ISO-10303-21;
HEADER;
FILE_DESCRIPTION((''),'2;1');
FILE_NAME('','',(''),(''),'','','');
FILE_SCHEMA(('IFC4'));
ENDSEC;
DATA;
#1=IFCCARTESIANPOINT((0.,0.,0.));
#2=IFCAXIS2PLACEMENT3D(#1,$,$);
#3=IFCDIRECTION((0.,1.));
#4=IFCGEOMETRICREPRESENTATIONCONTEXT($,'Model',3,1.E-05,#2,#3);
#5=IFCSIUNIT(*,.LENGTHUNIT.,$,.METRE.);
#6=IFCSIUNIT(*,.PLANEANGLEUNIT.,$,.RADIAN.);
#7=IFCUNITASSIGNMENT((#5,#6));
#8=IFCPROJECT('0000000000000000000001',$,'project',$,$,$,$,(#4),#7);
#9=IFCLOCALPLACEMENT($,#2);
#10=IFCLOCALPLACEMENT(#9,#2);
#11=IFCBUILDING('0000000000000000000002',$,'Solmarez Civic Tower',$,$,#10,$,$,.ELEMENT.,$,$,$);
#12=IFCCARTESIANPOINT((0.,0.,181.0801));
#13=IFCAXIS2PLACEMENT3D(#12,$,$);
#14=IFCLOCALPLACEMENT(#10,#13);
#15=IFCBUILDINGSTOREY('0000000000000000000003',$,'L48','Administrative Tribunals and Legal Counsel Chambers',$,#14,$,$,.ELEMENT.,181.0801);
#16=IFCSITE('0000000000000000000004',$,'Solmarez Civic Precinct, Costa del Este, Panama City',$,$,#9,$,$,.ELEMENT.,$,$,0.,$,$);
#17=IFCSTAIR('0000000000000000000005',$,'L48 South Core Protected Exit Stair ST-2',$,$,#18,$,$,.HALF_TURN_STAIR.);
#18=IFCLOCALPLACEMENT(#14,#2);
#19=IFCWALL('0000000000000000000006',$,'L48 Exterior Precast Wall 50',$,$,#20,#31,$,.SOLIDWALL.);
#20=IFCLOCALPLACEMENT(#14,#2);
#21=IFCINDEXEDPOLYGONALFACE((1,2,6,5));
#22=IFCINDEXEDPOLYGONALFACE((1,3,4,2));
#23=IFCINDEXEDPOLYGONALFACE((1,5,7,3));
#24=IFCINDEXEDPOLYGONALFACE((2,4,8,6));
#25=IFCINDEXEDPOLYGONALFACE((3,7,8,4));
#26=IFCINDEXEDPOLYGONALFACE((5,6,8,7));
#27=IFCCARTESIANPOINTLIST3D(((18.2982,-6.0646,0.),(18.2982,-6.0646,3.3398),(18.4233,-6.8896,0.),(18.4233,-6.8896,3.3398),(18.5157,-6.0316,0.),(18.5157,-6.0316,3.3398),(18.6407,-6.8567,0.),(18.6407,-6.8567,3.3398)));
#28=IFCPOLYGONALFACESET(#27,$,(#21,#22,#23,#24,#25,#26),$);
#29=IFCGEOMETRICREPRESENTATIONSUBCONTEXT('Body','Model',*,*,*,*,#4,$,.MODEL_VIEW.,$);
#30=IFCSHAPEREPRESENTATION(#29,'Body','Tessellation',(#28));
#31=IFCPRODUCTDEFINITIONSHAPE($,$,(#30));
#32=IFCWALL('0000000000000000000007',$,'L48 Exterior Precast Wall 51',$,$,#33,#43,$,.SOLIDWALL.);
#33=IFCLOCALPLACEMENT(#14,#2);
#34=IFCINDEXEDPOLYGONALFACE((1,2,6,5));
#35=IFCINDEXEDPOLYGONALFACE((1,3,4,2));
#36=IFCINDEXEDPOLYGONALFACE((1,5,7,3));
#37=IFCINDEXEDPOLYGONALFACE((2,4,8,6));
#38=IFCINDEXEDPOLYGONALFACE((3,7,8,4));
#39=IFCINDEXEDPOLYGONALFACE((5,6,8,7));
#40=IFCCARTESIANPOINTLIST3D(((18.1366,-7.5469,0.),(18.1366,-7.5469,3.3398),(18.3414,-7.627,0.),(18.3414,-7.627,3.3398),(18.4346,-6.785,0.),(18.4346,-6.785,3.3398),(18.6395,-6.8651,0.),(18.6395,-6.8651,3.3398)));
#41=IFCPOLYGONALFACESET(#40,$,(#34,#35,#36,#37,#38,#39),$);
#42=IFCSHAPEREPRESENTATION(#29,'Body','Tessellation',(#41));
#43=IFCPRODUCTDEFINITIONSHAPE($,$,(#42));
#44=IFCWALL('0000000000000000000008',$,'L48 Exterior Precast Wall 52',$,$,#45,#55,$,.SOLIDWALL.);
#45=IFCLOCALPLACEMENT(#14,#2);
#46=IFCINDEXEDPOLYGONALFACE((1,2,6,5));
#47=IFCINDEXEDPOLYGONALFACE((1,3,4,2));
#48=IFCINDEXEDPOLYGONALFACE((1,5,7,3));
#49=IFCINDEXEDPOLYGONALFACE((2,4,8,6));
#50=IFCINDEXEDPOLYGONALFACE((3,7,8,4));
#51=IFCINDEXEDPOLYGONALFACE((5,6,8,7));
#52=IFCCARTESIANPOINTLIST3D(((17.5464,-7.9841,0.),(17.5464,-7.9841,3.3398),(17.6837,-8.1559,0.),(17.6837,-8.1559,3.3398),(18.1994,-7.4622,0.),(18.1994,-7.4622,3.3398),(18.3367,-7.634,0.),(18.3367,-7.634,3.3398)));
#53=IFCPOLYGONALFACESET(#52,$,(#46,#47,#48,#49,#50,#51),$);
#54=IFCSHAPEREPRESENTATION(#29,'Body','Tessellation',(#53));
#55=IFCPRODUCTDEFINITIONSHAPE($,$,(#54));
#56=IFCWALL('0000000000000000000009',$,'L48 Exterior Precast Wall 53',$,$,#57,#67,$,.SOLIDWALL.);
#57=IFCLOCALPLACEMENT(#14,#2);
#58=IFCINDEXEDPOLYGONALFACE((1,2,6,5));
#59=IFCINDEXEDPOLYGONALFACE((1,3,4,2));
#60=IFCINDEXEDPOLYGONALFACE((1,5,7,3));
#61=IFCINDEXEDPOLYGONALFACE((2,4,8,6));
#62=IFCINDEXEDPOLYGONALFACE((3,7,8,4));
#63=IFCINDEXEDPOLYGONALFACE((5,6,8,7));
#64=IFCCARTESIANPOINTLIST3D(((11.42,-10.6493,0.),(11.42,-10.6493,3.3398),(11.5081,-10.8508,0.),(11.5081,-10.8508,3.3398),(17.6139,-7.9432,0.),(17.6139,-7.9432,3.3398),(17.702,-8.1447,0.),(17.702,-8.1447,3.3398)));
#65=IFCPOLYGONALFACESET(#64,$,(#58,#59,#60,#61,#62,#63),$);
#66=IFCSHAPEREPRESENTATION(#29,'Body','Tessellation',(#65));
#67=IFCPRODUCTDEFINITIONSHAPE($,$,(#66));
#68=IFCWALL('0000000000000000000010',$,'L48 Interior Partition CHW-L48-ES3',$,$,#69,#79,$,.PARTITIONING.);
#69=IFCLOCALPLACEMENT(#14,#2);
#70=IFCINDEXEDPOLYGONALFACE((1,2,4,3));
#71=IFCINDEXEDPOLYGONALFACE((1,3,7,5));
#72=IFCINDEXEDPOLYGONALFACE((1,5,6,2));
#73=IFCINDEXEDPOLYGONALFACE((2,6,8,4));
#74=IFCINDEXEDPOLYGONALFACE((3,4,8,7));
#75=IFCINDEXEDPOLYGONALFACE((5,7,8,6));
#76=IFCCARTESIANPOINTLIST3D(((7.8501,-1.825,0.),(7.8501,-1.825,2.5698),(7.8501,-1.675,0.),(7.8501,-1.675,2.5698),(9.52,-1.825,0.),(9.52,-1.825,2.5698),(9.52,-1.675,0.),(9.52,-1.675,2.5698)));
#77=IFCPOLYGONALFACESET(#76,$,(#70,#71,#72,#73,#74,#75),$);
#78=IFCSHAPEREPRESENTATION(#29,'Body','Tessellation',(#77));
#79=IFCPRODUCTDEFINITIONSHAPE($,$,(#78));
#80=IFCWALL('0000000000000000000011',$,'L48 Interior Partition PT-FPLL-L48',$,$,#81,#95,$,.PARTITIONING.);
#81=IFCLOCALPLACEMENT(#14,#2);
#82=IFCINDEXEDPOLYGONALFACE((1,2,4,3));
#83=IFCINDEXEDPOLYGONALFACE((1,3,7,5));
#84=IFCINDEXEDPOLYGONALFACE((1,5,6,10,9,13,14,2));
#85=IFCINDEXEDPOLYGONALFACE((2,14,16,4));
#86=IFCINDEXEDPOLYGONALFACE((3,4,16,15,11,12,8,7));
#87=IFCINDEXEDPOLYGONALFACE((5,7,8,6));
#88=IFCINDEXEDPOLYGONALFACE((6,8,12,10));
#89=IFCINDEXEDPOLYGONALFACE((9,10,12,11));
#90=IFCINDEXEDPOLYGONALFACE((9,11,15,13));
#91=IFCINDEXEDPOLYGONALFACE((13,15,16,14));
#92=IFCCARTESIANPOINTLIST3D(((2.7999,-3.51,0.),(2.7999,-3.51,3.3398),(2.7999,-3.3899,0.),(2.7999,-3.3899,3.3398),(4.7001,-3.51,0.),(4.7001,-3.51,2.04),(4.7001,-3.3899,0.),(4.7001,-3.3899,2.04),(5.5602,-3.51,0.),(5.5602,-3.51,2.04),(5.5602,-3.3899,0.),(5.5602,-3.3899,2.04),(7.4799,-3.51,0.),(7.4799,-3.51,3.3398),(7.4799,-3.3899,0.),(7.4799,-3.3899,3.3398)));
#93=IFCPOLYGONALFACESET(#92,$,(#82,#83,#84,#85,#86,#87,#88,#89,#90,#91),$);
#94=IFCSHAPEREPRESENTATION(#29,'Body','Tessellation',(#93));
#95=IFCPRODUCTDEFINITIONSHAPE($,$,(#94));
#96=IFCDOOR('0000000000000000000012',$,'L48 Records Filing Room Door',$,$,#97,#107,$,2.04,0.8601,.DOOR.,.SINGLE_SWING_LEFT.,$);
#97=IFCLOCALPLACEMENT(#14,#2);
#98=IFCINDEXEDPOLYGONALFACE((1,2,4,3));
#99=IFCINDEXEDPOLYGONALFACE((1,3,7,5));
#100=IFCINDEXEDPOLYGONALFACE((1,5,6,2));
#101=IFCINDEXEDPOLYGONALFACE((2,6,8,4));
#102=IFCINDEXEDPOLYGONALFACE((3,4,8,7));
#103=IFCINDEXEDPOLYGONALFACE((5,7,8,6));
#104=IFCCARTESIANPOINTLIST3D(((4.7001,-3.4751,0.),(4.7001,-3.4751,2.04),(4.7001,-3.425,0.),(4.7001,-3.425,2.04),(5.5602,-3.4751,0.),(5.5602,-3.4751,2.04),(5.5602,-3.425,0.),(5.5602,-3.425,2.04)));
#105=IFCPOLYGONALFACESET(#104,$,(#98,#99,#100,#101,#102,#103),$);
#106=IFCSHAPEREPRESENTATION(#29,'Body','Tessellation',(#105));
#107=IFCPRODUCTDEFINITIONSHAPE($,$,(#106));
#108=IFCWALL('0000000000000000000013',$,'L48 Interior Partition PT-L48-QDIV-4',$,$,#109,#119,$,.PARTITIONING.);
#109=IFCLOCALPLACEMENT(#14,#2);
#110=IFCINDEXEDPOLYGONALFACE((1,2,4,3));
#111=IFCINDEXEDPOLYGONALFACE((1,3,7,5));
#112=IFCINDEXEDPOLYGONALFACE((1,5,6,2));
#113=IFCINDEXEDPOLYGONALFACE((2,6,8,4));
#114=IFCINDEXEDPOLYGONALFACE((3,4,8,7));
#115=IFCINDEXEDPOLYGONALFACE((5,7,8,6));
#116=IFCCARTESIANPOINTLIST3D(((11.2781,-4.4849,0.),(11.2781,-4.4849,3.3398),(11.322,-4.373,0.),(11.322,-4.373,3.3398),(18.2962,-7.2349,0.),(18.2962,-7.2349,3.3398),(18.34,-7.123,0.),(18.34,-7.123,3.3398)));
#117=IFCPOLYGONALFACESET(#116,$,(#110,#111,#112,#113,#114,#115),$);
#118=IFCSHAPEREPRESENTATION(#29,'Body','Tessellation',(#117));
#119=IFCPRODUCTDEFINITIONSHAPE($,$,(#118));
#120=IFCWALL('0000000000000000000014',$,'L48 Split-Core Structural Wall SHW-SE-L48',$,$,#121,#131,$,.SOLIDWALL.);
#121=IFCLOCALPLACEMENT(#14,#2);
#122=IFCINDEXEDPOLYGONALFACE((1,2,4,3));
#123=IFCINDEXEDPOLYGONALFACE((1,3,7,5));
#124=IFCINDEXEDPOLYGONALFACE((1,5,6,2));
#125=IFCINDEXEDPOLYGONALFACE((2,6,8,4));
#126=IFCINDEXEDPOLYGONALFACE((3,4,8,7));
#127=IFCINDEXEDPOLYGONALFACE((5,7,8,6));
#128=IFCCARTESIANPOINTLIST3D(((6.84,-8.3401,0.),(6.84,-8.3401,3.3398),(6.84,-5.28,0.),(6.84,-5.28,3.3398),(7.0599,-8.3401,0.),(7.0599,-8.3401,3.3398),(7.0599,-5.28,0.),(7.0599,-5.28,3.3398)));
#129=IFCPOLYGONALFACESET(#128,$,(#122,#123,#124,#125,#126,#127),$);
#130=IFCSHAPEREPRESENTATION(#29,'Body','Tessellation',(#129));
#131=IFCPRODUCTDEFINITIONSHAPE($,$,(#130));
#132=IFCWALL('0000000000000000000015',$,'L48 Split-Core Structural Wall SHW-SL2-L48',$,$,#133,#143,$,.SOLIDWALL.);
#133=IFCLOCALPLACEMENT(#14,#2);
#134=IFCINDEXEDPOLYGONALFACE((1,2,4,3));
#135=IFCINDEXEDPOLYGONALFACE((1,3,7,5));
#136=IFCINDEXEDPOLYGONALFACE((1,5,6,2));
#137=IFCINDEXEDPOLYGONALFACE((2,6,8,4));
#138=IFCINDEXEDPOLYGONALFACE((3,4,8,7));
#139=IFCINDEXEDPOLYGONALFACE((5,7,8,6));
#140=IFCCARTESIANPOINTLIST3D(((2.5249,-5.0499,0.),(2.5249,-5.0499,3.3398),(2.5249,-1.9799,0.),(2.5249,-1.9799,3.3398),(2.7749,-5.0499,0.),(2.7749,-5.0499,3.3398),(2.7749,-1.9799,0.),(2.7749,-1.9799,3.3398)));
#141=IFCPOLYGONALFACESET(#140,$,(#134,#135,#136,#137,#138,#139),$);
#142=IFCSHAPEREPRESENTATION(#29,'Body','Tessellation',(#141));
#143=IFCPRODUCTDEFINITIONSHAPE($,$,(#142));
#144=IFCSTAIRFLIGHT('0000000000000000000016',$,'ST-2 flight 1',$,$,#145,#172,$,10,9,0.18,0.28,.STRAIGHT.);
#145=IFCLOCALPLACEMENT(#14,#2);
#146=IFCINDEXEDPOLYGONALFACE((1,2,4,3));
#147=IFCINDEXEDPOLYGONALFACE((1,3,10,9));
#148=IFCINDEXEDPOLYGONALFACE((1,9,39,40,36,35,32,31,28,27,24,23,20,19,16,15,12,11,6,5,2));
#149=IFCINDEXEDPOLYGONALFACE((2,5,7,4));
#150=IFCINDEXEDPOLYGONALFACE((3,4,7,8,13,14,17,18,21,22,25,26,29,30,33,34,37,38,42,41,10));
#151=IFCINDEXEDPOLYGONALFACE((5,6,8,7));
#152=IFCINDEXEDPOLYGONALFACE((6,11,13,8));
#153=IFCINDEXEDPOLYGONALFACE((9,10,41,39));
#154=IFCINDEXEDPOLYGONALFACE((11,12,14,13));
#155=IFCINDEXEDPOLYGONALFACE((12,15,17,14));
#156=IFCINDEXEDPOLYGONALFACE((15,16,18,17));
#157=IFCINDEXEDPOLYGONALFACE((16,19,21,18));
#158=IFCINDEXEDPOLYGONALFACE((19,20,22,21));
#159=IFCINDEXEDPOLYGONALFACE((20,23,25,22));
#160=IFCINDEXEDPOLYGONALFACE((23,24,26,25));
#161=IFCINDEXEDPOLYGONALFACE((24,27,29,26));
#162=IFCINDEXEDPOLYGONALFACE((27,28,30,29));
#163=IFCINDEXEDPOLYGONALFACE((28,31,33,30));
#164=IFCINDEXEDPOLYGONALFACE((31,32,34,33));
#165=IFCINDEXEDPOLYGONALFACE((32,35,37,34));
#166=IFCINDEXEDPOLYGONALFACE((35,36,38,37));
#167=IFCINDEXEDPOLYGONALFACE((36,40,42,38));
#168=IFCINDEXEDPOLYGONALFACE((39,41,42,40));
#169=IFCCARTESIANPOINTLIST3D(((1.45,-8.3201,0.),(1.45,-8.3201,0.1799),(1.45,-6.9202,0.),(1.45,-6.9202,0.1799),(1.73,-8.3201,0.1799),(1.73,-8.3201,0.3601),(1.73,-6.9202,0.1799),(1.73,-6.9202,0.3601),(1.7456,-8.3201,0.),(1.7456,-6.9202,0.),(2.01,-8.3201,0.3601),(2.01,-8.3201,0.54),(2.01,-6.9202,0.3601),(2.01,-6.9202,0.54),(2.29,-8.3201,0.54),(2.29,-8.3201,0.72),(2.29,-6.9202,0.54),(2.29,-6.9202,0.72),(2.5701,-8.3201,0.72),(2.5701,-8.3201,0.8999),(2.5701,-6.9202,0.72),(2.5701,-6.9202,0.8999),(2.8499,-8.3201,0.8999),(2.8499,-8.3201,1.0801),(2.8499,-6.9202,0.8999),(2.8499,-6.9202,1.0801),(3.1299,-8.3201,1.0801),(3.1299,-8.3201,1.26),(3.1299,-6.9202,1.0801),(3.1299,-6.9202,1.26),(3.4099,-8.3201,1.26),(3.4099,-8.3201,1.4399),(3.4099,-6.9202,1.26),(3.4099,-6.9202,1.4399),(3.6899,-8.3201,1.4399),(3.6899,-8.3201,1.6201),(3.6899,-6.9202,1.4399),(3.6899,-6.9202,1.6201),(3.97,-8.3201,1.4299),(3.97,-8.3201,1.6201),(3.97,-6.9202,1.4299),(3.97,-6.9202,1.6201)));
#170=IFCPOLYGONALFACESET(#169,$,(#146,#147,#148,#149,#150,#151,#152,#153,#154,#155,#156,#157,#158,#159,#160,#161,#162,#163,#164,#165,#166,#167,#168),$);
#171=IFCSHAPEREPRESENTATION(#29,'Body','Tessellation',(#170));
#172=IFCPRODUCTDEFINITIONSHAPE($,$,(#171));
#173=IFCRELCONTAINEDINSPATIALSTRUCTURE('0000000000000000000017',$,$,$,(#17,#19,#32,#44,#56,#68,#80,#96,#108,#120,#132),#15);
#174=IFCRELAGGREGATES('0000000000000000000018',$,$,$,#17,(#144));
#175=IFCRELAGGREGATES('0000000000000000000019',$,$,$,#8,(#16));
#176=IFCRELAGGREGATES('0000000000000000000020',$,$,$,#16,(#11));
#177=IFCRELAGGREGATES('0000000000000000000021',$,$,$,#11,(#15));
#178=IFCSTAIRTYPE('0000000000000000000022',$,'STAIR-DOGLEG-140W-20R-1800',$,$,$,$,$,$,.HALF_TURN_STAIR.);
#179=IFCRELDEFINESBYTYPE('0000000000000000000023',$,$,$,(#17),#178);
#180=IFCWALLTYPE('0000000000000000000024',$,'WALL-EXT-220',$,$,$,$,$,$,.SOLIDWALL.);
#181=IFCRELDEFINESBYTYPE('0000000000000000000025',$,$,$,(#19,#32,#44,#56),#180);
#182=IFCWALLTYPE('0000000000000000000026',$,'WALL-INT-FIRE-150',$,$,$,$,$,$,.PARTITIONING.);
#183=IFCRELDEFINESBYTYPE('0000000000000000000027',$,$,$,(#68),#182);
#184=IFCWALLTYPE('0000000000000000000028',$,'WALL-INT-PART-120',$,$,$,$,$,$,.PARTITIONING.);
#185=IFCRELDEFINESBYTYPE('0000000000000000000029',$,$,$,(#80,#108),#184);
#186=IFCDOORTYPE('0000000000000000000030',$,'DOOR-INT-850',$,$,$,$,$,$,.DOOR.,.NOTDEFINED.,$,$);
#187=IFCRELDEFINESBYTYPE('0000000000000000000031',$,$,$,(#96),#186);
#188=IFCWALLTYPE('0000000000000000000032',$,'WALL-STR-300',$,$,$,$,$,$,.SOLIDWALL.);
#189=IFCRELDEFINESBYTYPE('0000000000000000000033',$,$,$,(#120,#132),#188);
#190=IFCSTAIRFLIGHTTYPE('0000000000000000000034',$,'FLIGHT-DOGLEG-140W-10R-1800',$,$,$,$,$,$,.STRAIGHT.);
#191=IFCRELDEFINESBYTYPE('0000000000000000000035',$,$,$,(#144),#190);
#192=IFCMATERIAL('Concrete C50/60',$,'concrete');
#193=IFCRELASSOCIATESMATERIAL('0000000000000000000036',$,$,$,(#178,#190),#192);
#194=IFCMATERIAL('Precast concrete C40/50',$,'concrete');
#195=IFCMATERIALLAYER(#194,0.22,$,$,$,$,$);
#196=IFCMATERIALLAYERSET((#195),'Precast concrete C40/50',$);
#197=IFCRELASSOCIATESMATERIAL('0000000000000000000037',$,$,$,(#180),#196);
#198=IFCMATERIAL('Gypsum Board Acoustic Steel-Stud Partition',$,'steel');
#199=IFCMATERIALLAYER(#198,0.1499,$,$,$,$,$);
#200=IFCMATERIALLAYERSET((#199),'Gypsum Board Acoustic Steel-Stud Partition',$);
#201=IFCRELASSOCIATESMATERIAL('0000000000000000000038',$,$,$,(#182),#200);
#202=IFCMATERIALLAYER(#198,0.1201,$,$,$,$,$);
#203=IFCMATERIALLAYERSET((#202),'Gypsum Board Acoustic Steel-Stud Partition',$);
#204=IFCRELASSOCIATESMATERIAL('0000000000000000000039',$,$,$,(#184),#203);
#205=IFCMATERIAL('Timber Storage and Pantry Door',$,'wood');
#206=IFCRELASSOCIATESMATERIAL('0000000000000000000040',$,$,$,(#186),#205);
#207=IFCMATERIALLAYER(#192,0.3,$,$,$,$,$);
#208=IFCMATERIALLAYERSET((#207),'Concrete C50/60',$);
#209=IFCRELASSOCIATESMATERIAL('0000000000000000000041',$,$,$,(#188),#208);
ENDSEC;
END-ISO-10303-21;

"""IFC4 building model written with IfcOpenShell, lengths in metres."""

from ifc_helpers import new_model, si_unit, direction, frame, frame_2d, origin, place, context, subcontext, project, spatial, polyline, rectangle, outline, extrude, material, layer, layer_set, type_object, element, fill, aggregate, save


model = new_model("IFC4")

# Units and contexts
model_context = context("Model", 3, precision=1e-05, world=origin(), true_north=direction((0.0, 1.0)))
body_context = subcontext(model_context, "Body", "Model", "MODEL_VIEW")
ifc_project = project(units=[si_unit("LENGTHUNIT", "METRE"), si_unit("PLANEANGLEUNIT", "RADIAN")], contexts=[model_context])

# Site, building, storey
site_placement = place(None, origin())
site = spatial("IfcSite", under=ifc_project, at=site_placement, Name="Solmarez Civic Precinct, Costa del Este, Panama City", CompositionType="ELEMENT", RefElevation=0.0)
building_placement = place(site_placement, origin())
building = spatial("IfcBuilding", under=site, at=building_placement, Name="Solmarez Civic Tower", CompositionType="ELEMENT")
storey_placement = place(building_placement, frame((0.0, 0.0, 181.0801)))
storey = spatial("IfcBuildingStorey", under=building, at=storey_placement, Name="L48", Description="Administrative Tribunals and Legal Counsel Chambers", CompositionType="ELEMENT", Elevation=181.0801)

# Shared definitions
ifc_material_1 = material(Name="Concrete C50/60", Category="concrete")

# Stair
stair_type = type_object("IfcStairType", Name="STAIR-DOGLEG-140W-20R-1800", PredefinedType="HALF_TURN_STAIR", material=ifc_material_1)
stair_1_placement = place(storey_placement, origin())
stair_1 = element("IfcStair", 1, at=stair_1_placement, inside=storey, type_object=stair_type, Name="L48 South Core Protected Exit Stair ST-2", PredefinedType="HALF_TURN_STAIR")

# Walls
ifc_material_2 = material(Name="Precast concrete C40/50", Category="concrete")
ifc_layer_1 = layer(ifc_material_2, 0.22)
ifc_layer_set_1 = layer_set([ifc_layer_1], Name="Precast concrete C40/50")
wall_type_1 = type_object("IfcWallType", Name="WALL-EXT-220", PredefinedType="SOLIDWALL", material=ifc_layer_set_1)
wall_1_placement = place(storey_placement, frame((18.407, -6.0481, 0.0), z_axis=(0.0, 0.0, 1.0), x_axis=(0.149814, -0.988714, 0.0)))
element("IfcWall", 2, at=wall_1_placement, inside=storey, type_object=wall_type_1, Name="L48 Exterior Precast Wall 50", PredefinedType="SOLIDWALL", context=body_context, shape_type="SweptSolid", body=[
    extrude(rectangle(XDim=0.8345, YDim=0.22, at=frame_2d((0.4172, 0.0))), origin(), (0.0, 0.0, 1.0), 3.3398),
])
wall_2_placement = place(storey_placement, frame((18.5371, -6.825, 0.0), z_axis=(0.0, 0.0, 1.0), x_axis=(-0.364332, -0.931269, 0.0)))
element("IfcWall", 3, at=wall_2_placement, inside=storey, type_object=wall_type_1, Name="L48 Exterior Precast Wall 51", PredefinedType="SOLIDWALL", context=body_context, shape_type="SweptSolid", body=[
    extrude(rectangle(XDim=0.8181, YDim=0.22, at=frame_2d((0.4092, 0.0))), origin(), (0.0, 0.0, 1.0), 3.3398),
])
wall_3_placement = place(storey_placement, frame((18.2681, -7.5481, 0.0), z_axis=(0.0, 0.0, 1.0), x_axis=(-0.781154, -0.624339, 0.0)))
element("IfcWall", 4, at=wall_3_placement, inside=storey, type_object=wall_type_1, Name="L48 Exterior Precast Wall 52", PredefinedType="SOLIDWALL", context=body_context, shape_type="SweptSolid", body=[
    extrude(rectangle(XDim=0.8359, YDim=0.22, at=frame_2d((0.418, 0.0))), origin(), (0.0, 0.0, 1.0), 3.3398),
])
wall_4_placement = place(storey_placement, frame((17.658, -8.0439, 0.0), z_axis=(0.0, 0.0, 1.0), x_axis=(-0.916361, -0.400353, 0.0)))
element("IfcWall", 5, at=wall_4_placement, inside=storey, type_object=wall_type_1, Name="L48 Exterior Precast Wall 53", PredefinedType="SOLIDWALL", context=body_context, shape_type="SweptSolid", body=[
    extrude(rectangle(XDim=6.7593, YDim=0.22, at=frame_2d((3.3796, 0.0))), origin(), (0.0, 0.0, 1.0), 3.3398),
])
ifc_material_3 = material(Name="Gypsum Board Acoustic Steel-Stud Partition", Category="steel")
ifc_layer_2 = layer(ifc_material_3, 0.1499)
ifc_layer_set_2 = layer_set([ifc_layer_2], Name="Gypsum Board Acoustic Steel-Stud Partition")
wall_type_2 = type_object("IfcWallType", Name="WALL-INT-FIRE-150", PredefinedType="PARTITIONING", material=ifc_layer_set_2)
wall_5_placement = place(storey_placement, frame((7.8501, -1.75, 0.0), z_axis=(0.0, 0.0, 1.0), x_axis=(1.0, 0.0, 0.0)))
element("IfcWall", 6, at=wall_5_placement, inside=storey, type_object=wall_type_2, Name="L48 Interior Partition CHW-L48-ES3", PredefinedType="PARTITIONING", context=body_context, shape_type="SweptSolid", body=[
    extrude(rectangle(XDim=1.6699, YDim=0.1499, at=frame_2d((0.835, 0.0))), origin(), (0.0, 0.0, 1.0), 2.5698),
])

# Wall, opening, door
ifc_layer_3 = layer(ifc_material_3, 0.1201)
ifc_layer_set_3 = layer_set([ifc_layer_3], Name="Gypsum Board Acoustic Steel-Stud Partition")
wall_type_3 = type_object("IfcWallType", Name="WALL-INT-PART-120", PredefinedType="PARTITIONING", material=ifc_layer_set_3)
wall_6_placement = place(storey_placement, frame((2.8, -3.45, 0.0), z_axis=(0.0, 0.0, 1.0), x_axis=(1.0, 0.0, 0.0)))
wall_6 = element("IfcWall", 7, at=wall_6_placement, inside=storey, type_object=wall_type_3, Name="L48 Interior Partition PT-FPLL-L48", PredefinedType="PARTITIONING", context=body_context, shape_type="SweptSolid", body=[
    extrude(rectangle(XDim=4.6799, YDim=0.1201, at=frame_2d((2.3398, 0.0))), origin(), (0.0, 0.0, 1.0), 3.3398),
])
opening_placement = place(wall_6_placement, frame((1.8999, 0.0, 0.0)))
opening = element("IfcOpeningElement", 8, at=opening_placement, cuts=wall_6, PredefinedType="OPENING", context=body_context, shape_type="SweptSolid", body=[
    extrude(rectangle(XDim=0.8601, YDim=2.04, at=frame_2d((0.4302, 1.02))), frame((0.0, 0.0701, 0.0), z_axis=(0.0, -1.0, 0.0), x_axis=(1.0, 0.0, 0.0)), (0.0, 0.0, 1.0), 0.1401),
])
ifc_material_4 = material(Name="Timber Storage and Pantry Door", Category="wood")
door_type = type_object("IfcDoorType", Name="DOOR-INT-850", OperationType="NOTDEFINED", PredefinedType="DOOR", material=ifc_material_4)
door_placement = place(opening_placement, origin())
door = element("IfcDoor", 9, at=door_placement, inside=storey, type_object=door_type, Name="L48 Records Filing Room Door", OperationType="SINGLE_SWING_LEFT", OverallHeight=2.04, OverallWidth=0.8601, PredefinedType="DOOR", context=body_context, shape_type="SweptSolid", body=[
    extrude(rectangle(XDim=0.8601, YDim=2.04, at=frame_2d((0.4302, 1.02))), frame((0.0, 0.0249, 0.0), z_axis=(0.0, -1.0, 0.0), x_axis=(1.0, 0.0, 0.0)), (0.0, 0.0, 1.0), 0.05),
])
fill(opening, door)

# Walls
wall_7_placement = place(storey_placement, frame((11.3, -4.429, 0.0), z_axis=(0.0, 0.0, 1.0), x_axis=(0.931072, -0.364837, 0.0)))
element("IfcWall", 10, at=wall_7_placement, inside=storey, type_object=wall_type_3, Name="L48 Interior Partition PT-L48-QDIV-4", PredefinedType="PARTITIONING", context=body_context, shape_type="SweptSolid", body=[
    extrude(rectangle(XDim=7.5376, YDim=0.1201, at=frame_2d((3.7688, 0.0))), origin(), (0.0, 0.0, 1.0), 3.3398),
])
ifc_layer_4 = layer(ifc_material_1, 0.3)
ifc_layer_set_4 = layer_set([ifc_layer_4], Name="Concrete C50/60")
wall_type_4 = type_object("IfcWallType", Name="WALL-STR-300", PredefinedType="SOLIDWALL", material=ifc_layer_set_4)
wall_8_placement = place(storey_placement, frame((6.95, -8.3401, 0.0), z_axis=(0.0, 0.0, 1.0), x_axis=(0.0, 1.0, 0.0)))
element("IfcWall", 11, at=wall_8_placement, inside=storey, type_object=wall_type_4, Name="L48 Split-Core Structural Wall SHW-SE-L48", PredefinedType="SOLIDWALL", context=body_context, shape_type="SweptSolid", body=[
    extrude(rectangle(XDim=3.0601, YDim=0.22, at=frame_2d((1.53, 0.0))), origin(), (0.0, 0.0, 1.0), 3.3398),
])
wall_9_placement = place(storey_placement, frame((2.6499, -5.05, 0.0), z_axis=(0.0, 0.0, 1.0), x_axis=(0.0, 1.0, 0.0)))
element("IfcWall", 12, at=wall_9_placement, inside=storey, type_object=wall_type_4, Name="L48 Split-Core Structural Wall SHW-SL2-L48", PredefinedType="SOLIDWALL", context=body_context, shape_type="SweptSolid", body=[
    extrude(rectangle(XDim=3.0701, YDim=0.25, at=frame_2d((1.5352, 0.0))), origin(), (0.0, 0.0, 1.0), 3.3398),
])

# Stair flight
stair_flight_type = type_object("IfcStairFlightType", Name="FLIGHT-DOGLEG-140W-10R-1800", PredefinedType="STRAIGHT", material=ifc_material_1)
stair_flight_1_placement = place(storey_placement, frame((1.45, -7.6201, 0.0), z_axis=(0.0, 0.0, 1.0), x_axis=(1.0, 0.0, 0.0)))
stair_flight_1 = element("IfcStairFlight", 13, at=stair_flight_1_placement, type_object=stair_flight_type, Name="ST-2 flight 1", NumberOfRisers=10, NumberOfTreads=9, PredefinedType="STRAIGHT", RiserHeight=0.18, TreadLength=0.28, context=body_context, shape_type="SweptSolid", body=[
    extrude(outline(polyline([(0.0, 0.0), (0.0, 0.1799), (0.28, 0.1799), (0.28, 0.3601), (0.5601, 0.3601), (0.5601, 0.54), (0.8401, 0.54), (0.8401, 0.72), (1.1201, 0.72), (1.1201, 0.8999), (1.3999, 0.8999), (1.3999, 1.0801), (1.6799, 1.0801), (1.6799, 1.26), (1.96, 1.26), (1.96, 1.4399), (2.24, 1.4399), (2.24, 1.6201), (2.52, 1.6201), (2.52, 1.8), (2.52, 1.4299), (0.2957, 0.0), (0.0, 0.0)])), frame((0.0, 0.7, 0.0), z_axis=(0.0, -1.0, 0.0), x_axis=(1.0, 0.0, 0.0)), (0.0, 0.0, 1.0), 1.3999),
])
aggregate(stair_1, [stair_flight_1])

save(model, "model.ifc")
